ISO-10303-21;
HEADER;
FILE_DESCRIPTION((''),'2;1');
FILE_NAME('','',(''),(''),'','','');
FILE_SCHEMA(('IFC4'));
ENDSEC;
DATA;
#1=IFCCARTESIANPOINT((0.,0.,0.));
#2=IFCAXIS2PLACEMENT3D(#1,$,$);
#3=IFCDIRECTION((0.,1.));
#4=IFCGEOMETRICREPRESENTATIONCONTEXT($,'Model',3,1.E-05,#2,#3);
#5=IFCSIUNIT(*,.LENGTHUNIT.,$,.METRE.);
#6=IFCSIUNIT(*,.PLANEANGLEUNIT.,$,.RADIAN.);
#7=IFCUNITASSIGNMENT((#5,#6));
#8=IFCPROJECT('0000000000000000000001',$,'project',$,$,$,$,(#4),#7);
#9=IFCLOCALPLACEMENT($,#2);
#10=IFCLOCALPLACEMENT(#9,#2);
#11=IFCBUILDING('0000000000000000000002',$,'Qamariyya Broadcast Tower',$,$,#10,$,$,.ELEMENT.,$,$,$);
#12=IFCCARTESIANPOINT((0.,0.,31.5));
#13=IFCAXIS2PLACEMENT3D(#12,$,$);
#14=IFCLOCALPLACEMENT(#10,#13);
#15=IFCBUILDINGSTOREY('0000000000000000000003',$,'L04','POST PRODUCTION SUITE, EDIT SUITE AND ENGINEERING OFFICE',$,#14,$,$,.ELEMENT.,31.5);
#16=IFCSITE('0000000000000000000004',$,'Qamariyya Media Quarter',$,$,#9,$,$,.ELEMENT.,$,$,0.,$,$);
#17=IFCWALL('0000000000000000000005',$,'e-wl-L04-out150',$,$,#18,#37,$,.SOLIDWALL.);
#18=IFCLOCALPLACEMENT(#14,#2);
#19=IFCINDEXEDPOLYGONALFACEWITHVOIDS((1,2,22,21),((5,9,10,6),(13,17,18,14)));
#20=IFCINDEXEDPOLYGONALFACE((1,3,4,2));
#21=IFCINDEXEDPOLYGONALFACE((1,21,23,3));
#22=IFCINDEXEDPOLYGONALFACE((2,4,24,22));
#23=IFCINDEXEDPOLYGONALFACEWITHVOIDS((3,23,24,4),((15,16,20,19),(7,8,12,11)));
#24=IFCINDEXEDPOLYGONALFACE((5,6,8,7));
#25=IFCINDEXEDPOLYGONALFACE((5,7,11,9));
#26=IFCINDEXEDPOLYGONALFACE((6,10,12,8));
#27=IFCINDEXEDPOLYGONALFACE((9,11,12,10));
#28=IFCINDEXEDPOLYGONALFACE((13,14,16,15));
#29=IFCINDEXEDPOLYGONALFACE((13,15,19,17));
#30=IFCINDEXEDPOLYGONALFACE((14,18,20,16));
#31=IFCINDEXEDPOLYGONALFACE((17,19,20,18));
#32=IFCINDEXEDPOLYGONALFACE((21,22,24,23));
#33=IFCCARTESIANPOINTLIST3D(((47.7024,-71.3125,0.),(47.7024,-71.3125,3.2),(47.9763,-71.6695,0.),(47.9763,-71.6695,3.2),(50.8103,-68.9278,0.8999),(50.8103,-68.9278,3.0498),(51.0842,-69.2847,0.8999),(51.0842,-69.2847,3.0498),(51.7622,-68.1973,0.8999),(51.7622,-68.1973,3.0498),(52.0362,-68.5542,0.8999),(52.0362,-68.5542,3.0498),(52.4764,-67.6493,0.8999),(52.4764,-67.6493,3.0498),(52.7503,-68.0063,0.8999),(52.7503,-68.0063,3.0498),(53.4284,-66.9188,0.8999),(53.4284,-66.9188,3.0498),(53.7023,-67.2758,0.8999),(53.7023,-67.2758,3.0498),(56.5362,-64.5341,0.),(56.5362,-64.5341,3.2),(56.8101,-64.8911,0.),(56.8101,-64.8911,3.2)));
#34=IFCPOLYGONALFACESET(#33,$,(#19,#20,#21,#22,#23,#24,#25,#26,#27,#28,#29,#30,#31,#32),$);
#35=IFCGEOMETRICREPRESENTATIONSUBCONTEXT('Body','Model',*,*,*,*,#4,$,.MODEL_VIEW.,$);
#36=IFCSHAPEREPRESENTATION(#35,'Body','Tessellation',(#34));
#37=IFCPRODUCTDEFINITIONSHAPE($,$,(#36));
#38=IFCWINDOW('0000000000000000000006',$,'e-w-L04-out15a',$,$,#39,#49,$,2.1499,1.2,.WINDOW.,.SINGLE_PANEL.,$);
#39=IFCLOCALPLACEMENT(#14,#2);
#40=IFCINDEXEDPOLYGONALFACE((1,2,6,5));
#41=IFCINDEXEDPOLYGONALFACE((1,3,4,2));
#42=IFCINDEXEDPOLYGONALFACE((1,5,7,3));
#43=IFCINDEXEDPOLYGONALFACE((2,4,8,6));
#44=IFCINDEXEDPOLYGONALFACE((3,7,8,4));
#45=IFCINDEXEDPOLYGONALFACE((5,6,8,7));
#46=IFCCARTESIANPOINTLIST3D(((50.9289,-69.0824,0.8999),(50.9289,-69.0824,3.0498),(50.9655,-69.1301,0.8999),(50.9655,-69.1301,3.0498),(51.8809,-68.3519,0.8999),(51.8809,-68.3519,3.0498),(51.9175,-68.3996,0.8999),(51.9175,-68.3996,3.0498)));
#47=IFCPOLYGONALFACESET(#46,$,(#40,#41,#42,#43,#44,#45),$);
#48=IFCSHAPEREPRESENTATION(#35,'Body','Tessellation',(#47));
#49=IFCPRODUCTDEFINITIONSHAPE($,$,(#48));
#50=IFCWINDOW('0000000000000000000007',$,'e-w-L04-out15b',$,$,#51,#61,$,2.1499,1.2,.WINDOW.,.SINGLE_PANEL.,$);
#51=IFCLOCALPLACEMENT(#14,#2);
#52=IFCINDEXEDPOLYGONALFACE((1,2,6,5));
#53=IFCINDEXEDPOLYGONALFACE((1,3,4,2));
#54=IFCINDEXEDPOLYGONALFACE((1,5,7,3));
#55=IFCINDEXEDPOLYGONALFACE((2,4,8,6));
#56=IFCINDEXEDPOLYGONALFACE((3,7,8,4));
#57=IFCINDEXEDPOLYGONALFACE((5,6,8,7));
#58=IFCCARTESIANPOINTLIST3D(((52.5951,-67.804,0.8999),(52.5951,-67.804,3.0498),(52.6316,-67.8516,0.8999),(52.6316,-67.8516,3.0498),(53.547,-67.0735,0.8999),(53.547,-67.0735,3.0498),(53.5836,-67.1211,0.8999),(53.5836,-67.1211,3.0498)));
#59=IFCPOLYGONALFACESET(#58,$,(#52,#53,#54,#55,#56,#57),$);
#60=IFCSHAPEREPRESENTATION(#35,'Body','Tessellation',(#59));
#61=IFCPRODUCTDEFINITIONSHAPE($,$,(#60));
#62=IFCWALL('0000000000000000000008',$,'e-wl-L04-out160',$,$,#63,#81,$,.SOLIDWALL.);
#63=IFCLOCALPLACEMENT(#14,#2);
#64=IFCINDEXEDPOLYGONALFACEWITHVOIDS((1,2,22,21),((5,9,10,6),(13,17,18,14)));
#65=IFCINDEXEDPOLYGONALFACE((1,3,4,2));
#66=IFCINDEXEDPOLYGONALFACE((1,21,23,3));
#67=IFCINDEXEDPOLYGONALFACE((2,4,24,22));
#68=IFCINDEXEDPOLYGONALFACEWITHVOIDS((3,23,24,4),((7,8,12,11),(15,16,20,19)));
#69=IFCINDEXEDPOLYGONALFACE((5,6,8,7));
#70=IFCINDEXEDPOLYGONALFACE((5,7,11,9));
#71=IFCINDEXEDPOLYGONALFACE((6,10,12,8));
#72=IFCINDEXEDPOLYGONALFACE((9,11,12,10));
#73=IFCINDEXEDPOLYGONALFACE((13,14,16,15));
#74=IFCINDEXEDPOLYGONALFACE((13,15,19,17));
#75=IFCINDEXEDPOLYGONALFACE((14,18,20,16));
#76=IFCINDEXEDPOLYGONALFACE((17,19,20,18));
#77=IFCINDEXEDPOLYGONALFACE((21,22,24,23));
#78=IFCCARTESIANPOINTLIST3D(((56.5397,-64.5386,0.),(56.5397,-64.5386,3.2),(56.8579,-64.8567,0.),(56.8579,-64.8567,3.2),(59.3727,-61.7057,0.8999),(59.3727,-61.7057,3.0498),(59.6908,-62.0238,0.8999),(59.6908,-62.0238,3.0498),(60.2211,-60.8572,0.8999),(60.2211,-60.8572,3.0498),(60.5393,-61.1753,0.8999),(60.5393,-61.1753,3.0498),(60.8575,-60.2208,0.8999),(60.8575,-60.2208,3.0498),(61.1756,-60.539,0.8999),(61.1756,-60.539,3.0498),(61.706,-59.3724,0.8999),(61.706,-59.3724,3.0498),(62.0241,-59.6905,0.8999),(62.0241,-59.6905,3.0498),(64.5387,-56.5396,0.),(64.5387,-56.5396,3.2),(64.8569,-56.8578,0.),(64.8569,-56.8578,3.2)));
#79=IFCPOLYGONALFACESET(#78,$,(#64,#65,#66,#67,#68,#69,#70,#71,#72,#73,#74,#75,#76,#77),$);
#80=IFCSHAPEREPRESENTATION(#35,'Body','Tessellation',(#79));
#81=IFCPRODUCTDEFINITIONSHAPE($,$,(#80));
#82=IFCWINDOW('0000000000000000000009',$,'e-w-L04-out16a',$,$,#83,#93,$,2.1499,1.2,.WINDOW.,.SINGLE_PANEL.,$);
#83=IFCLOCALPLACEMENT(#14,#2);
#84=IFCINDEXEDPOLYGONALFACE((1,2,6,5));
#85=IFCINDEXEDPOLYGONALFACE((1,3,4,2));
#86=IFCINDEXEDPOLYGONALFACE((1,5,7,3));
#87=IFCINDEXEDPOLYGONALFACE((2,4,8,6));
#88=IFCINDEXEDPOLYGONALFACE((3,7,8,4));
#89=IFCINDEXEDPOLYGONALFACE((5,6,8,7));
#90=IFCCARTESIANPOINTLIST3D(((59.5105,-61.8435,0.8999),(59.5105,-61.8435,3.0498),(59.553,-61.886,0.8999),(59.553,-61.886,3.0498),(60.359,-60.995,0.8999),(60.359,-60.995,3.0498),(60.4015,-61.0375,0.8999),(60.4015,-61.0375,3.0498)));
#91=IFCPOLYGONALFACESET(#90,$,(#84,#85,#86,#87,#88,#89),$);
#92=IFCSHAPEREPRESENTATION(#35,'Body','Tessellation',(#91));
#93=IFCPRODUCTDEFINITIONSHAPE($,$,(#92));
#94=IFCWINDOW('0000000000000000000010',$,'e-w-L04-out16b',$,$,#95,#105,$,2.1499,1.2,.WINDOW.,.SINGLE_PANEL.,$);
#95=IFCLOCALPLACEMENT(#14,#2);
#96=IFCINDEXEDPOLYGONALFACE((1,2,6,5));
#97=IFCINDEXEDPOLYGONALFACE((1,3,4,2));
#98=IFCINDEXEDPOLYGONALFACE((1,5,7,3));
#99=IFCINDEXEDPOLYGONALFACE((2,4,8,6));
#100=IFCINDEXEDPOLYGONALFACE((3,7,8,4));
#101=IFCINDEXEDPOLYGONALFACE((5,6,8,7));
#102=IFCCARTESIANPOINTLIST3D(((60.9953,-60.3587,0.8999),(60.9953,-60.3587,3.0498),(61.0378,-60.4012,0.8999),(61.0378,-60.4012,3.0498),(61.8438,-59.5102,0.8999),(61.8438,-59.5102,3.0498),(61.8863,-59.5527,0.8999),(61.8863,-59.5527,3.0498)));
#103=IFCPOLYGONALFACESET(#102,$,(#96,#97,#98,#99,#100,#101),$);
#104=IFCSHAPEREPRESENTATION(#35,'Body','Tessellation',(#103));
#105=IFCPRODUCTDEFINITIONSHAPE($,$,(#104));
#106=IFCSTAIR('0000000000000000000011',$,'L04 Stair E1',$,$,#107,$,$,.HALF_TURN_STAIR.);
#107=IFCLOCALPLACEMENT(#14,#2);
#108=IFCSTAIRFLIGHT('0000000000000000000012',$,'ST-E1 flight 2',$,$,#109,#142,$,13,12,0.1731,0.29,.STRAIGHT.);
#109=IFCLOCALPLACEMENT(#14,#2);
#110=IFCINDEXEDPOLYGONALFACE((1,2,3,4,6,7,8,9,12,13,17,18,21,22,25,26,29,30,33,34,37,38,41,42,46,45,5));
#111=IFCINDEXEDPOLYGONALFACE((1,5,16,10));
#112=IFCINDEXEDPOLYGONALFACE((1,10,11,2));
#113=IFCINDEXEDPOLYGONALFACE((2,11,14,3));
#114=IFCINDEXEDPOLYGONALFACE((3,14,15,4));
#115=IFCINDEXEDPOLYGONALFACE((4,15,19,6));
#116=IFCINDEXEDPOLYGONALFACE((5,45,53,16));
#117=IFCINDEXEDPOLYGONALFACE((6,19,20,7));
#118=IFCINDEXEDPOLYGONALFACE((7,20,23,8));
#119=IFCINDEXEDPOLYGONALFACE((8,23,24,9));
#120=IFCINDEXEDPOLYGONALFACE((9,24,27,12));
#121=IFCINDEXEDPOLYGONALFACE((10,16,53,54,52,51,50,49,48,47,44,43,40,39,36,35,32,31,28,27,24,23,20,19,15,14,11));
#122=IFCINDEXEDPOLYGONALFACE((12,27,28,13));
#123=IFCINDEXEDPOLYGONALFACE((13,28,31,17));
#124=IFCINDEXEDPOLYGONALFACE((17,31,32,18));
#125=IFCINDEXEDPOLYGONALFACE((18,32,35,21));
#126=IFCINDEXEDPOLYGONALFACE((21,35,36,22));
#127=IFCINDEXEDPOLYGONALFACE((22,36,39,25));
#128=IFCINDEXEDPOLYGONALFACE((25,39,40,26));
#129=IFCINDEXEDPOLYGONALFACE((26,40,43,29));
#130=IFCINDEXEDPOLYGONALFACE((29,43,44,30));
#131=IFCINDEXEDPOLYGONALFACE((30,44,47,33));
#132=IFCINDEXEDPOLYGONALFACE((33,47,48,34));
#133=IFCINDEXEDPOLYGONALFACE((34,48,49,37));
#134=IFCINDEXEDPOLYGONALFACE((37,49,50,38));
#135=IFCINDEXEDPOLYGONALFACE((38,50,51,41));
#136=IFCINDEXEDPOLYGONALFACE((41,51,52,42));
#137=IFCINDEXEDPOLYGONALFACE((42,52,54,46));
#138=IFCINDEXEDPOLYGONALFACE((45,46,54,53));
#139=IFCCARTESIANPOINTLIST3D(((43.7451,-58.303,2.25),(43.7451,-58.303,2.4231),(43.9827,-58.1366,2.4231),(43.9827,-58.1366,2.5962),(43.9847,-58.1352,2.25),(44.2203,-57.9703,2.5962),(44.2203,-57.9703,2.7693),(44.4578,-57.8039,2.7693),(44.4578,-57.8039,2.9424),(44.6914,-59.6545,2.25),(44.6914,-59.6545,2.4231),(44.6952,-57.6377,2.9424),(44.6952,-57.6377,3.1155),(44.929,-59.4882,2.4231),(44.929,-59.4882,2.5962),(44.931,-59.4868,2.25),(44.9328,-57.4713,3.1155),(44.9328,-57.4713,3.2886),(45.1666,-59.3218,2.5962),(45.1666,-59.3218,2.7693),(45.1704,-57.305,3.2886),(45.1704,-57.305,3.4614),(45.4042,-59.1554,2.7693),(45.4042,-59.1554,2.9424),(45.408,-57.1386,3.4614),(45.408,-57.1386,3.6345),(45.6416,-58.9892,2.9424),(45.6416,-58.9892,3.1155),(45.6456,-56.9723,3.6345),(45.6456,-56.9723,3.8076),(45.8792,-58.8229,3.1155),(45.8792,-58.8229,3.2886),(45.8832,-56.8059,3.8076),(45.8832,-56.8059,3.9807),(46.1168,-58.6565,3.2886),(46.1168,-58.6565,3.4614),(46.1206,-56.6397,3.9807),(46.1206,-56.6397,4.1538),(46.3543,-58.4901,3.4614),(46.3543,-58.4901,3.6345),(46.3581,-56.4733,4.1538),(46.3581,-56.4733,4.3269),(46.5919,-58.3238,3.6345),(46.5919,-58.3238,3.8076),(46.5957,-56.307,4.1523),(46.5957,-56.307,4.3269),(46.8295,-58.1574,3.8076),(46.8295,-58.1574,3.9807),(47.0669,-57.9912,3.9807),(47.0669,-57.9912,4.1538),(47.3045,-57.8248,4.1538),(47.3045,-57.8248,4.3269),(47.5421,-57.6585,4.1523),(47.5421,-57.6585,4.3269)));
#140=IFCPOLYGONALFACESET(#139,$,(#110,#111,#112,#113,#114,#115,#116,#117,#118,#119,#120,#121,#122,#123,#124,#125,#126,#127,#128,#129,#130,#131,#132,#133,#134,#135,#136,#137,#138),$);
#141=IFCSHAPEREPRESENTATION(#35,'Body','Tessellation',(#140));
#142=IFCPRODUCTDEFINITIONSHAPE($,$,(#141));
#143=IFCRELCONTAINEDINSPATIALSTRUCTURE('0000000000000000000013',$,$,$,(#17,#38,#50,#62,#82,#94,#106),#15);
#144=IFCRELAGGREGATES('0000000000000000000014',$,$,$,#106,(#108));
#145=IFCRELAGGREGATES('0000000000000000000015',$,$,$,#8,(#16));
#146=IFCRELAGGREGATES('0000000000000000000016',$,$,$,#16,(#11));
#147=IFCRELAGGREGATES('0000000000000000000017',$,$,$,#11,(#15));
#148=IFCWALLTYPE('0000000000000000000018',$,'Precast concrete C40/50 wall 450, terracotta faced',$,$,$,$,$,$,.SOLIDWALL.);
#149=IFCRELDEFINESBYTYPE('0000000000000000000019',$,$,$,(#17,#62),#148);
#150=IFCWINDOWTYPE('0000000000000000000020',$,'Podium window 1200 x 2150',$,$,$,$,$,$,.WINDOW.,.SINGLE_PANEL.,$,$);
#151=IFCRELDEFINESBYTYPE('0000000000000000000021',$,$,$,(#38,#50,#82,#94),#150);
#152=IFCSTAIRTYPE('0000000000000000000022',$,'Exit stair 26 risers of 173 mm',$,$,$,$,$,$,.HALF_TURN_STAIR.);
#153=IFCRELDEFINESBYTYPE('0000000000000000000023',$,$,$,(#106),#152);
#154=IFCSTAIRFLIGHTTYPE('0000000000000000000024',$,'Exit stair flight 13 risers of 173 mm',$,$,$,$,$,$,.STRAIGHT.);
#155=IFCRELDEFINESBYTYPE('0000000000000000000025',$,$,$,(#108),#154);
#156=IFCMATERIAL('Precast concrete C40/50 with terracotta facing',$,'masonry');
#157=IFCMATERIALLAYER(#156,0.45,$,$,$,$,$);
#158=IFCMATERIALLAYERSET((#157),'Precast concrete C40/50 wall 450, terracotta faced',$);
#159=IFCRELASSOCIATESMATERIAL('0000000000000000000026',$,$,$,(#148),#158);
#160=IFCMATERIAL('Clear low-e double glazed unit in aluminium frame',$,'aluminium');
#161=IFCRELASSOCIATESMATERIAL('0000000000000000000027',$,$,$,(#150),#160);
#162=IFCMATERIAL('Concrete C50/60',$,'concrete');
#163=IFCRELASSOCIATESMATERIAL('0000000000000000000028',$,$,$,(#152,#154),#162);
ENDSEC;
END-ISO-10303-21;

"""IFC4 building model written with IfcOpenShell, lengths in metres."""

from ifc_helpers import new_model, si_unit, direction, frame, frame_2d, origin, place, context, subcontext, project, spatial, polyline, rectangle, outline, extrude, material, layer, layer_set, type_object, element, fill, aggregate, save


model = new_model("IFC4")

# Units and contexts
model_context = context("Model", 3, precision=1e-05, world=origin(), true_north=direction((0.0, 1.0)))
body_context = subcontext(model_context, "Body", "Model", "MODEL_VIEW")
ifc_project = project(units=[si_unit("LENGTHUNIT", "METRE"), si_unit("PLANEANGLEUNIT", "RADIAN")], contexts=[model_context])

# Site, building, storey
site_placement = place(None, origin())
site = spatial("IfcSite", under=ifc_project, at=site_placement, Name="Qamariyya Media Quarter", CompositionType="ELEMENT", RefElevation=0.0)
building_placement = place(site_placement, origin())
building = spatial("IfcBuilding", under=site, at=building_placement, Name="Qamariyya Broadcast Tower", CompositionType="ELEMENT")
storey_placement = place(building_placement, frame((0.0, 0.0, 31.5)))
storey = spatial("IfcBuildingStorey", under=building, at=storey_placement, Name="L04", Description="POST PRODUCTION SUITE, EDIT SUITE AND ENGINEERING OFFICE", CompositionType="ELEMENT", Elevation=31.5)

# Shared definitions
ifc_material_1 = material(Name="Concrete C50/60", Category="concrete")

# Walls, openings, windows
ifc_material_2 = material(Name="Precast concrete C40/50 with terracotta facing", Category="masonry")
ifc_layer_1 = layer(ifc_material_2, 0.45)
ifc_layer_set_1 = layer_set([ifc_layer_1], Name="Precast concrete C40/50 wall 450, terracotta faced")
wall_type_1 = type_object("IfcWallType", Name="Precast concrete C40/50 wall 450, terracotta faced", PredefinedType="SOLIDWALL", material=ifc_layer_set_1)
wall_1_placement = place(storey_placement, frame((47.8394, -71.491, 0.0), z_axis=(0.0, 0.0, 1.0), x_axis=(0.793355, 0.608759, 0.0)))
wall_1 = element("IfcWall", 1, at=wall_1_placement, inside=storey, type_object=wall_type_1, Name="e-wl-L04-out150", PredefinedType="SOLIDWALL", context=body_context, shape_type="SweptSolid", body=[
    extrude(rectangle(XDim=11.1348, YDim=0.45, at=frame_2d((5.5674, 0.0))), origin(), (0.0, 0.0, 1.0), 3.2),
])
opening_1_placement = place(wall_1_placement, frame((3.9172, 0.0, 0.8999)))
opening_1 = element("IfcOpeningElement", 2, at=opening_1_placement, cuts=wall_1, PredefinedType="OPENING", context=body_context, shape_type="SweptSolid", body=[
    extrude(rectangle(XDim=1.2, YDim=2.1499, at=frame_2d((0.6001, 1.075))), frame((0.0, 0.2349, 0.0), z_axis=(0.0, -1.0, 0.0), x_axis=(1.0, 0.0, 0.0)), (0.0, 0.0, 1.0), 0.47),
])
opening_2_placement = place(wall_1_placement, frame((6.0173, 0.0, 0.8999)))
opening_2 = element("IfcOpeningElement", 3, at=opening_2_placement, cuts=wall_1, PredefinedType="OPENING", context=body_context, shape_type="SweptSolid", body=[
    extrude(rectangle(XDim=1.2, YDim=2.1499, at=frame_2d((0.6001, 1.075))), frame((0.0, 0.2349, 0.0), z_axis=(0.0, -1.0, 0.0), x_axis=(1.0, 0.0, 0.0)), (0.0, 0.0, 1.0), 0.47),
])
ifc_material_3 = material(Name="Clear low-e double glazed unit in aluminium frame", Category="aluminium")
window_type = type_object("IfcWindowType", Name="Podium window 1200 x 2150", PartitioningType="SINGLE_PANEL", PredefinedType="WINDOW", material=ifc_material_3)
window_1_placement = place(opening_1_placement, origin())
window_1 = element("IfcWindow", 4, at=window_1_placement, inside=storey, type_object=window_type, Name="e-w-L04-out15a", OverallHeight=2.1499, OverallWidth=1.2, PartitioningType="SINGLE_PANEL", PredefinedType="WINDOW", context=body_context, shape_type="SweptSolid", body=[
    extrude(rectangle(XDim=1.2, YDim=2.1499, at=frame_2d((0.6001, 1.075))), frame((0.0, 0.03, 0.0), z_axis=(0.0, -1.0, 0.0), x_axis=(1.0, 0.0, 0.0)), (0.0, 0.0, 1.0), 0.0601),
])
fill(opening_1, window_1)
window_2_placement = place(opening_2_placement, origin())
window_2 = element("IfcWindow", 5, at=window_2_placement, inside=storey, type_object=window_type, Name="e-w-L04-out15b", OverallHeight=2.1499, OverallWidth=1.2, PartitioningType="SINGLE_PANEL", PredefinedType="WINDOW", context=body_context, shape_type="SweptSolid", body=[
    extrude(rectangle(XDim=1.2, YDim=2.1499, at=frame_2d((0.6001, 1.075))), frame((0.0, 0.03, 0.0), z_axis=(0.0, -1.0, 0.0), x_axis=(1.0, 0.0, 0.0)), (0.0, 0.0, 1.0), 0.0601),
])
fill(opening_2, window_2)
wall_2_placement = place(storey_placement, frame((56.6987, -64.6978, 0.0), z_axis=(0.0, 0.0, 1.0), x_axis=(0.707107, 0.707107, 0.0)))
wall_2 = element("IfcWall", 6, at=wall_2_placement, inside=storey, type_object=wall_type_1, Name="e-wl-L04-out160", PredefinedType="SOLIDWALL", context=body_context, shape_type="SweptSolid", body=[
    extrude(rectangle(XDim=11.3123, YDim=0.45, at=frame_2d((5.6562, 0.0))), origin(), (0.0, 0.0, 1.0), 3.2),
])
opening_3_placement = place(wall_2_placement, frame((4.0063, 0.0, 0.8999)))
opening_3 = element("IfcOpeningElement", 7, at=opening_3_placement, cuts=wall_2, PredefinedType="OPENING", context=body_context, shape_type="SweptSolid", body=[
    extrude(rectangle(XDim=1.2, YDim=2.1499, at=frame_2d((0.6001, 1.075))), frame((0.0, 0.2349, 0.0), z_axis=(0.0, -1.0, 0.0), x_axis=(1.0, 0.0, 0.0)), (0.0, 0.0, 1.0), 0.47),
])
opening_4_placement = place(wall_2_placement, frame((6.1062, 0.0, 0.8999)))
opening_4 = element("IfcOpeningElement", 8, at=opening_4_placement, cuts=wall_2, PredefinedType="OPENING", context=body_context, shape_type="SweptSolid", body=[
    extrude(rectangle(XDim=1.2, YDim=2.1499, at=frame_2d((0.6001, 1.075))), frame((0.0, 0.2349, 0.0), z_axis=(0.0, -1.0, 0.0), x_axis=(1.0, 0.0, 0.0)), (0.0, 0.0, 1.0), 0.47),
])
window_3_placement = place(opening_3_placement, origin())
window_3 = element("IfcWindow", 9, at=window_3_placement, inside=storey, type_object=window_type, Name="e-w-L04-out16a", OverallHeight=2.1499, OverallWidth=1.2, PartitioningType="SINGLE_PANEL", PredefinedType="WINDOW", context=body_context, shape_type="SweptSolid", body=[
    extrude(rectangle(XDim=1.2, YDim=2.1499, at=frame_2d((0.6001, 1.075))), frame((0.0, 0.03, 0.0), z_axis=(0.0, -1.0, 0.0), x_axis=(1.0, 0.0, 0.0)), (0.0, 0.0, 1.0), 0.0601),
])
fill(opening_3, window_3)
window_4_placement = place(opening_4_placement, origin())
window_4 = element("IfcWindow", 10, at=window_4_placement, inside=storey, type_object=window_type, Name="e-w-L04-out16b", OverallHeight=2.1499, OverallWidth=1.2, PartitioningType="SINGLE_PANEL", PredefinedType="WINDOW", context=body_context, shape_type="SweptSolid", body=[
    extrude(rectangle(XDim=1.2, YDim=2.1499, at=frame_2d((0.6001, 1.075))), frame((0.0, 0.03, 0.0), z_axis=(0.0, -1.0, 0.0), x_axis=(1.0, 0.0, 0.0)), (0.0, 0.0, 1.0), 0.0601),
])
fill(opening_4, window_4)

# Stair, stair flight
stair_type = type_object("IfcStairType", Name="Exit stair 26 risers of 173 mm", PredefinedType="HALF_TURN_STAIR", material=ifc_material_1)
stair_placement = place(storey_placement, origin())
stair = element("IfcStair", 11, at=stair_placement, inside=storey, type_object=stair_type, Name="L04 Stair E1", PredefinedType="HALF_TURN_STAIR")
stair_flight_type = type_object("IfcStairFlightType", Name="Exit stair flight 13 risers of 173 mm", PredefinedType="STRAIGHT", material=ifc_material_1)
stair_flight_placement = place(storey_placement, frame((44.2183, -58.9788, 2.25), z_axis=(0.0, 0.0, 1.0), x_axis=(0.819152, 0.573576, 0.0)))
stair_flight = element("IfcStairFlight", 12, at=stair_flight_placement, type_object=stair_flight_type, Name="ST-E1 flight 2", NumberOfRisers=13, NumberOfTreads=12, PredefinedType="STRAIGHT", RiserHeight=0.1731, TreadLength=0.29, context=body_context, shape_type="SweptSolid", body=[
    extrude(outline(polyline([(0.0, 0.0), (0.0, 0.1731), (0.29, 0.1731), (0.29, 0.3462), (0.5801, 0.3462), (0.5801, 0.5193), (0.8701, 0.5193), (0.8701, 0.6924), (1.1599, 0.6924), (1.1599, 0.8655), (1.45, 0.8655), (1.45, 1.0386), (1.74, 1.0386), (1.74, 1.2114), (2.03, 1.2114), (2.03, 1.3845), (2.3201, 1.3845), (2.3201, 1.5576), (2.6101, 1.5576), (2.6101, 1.7307), (2.8999, 1.7307), (2.8999, 1.9038), (3.1899, 1.9038), (3.1899, 2.0769), (3.48, 2.0769), (3.48, 2.25), (3.48, 1.9023), (0.2925, 0.0), (0.0, 0.0)])), frame((0.0, 0.825, 0.0), z_axis=(0.0, -1.0, 0.0), x_axis=(1.0, 0.0, 0.0)), (0.0, 0.0, 1.0), 1.6499),
])
aggregate(stair, [stair_flight])

save(model, "model.ifc")
